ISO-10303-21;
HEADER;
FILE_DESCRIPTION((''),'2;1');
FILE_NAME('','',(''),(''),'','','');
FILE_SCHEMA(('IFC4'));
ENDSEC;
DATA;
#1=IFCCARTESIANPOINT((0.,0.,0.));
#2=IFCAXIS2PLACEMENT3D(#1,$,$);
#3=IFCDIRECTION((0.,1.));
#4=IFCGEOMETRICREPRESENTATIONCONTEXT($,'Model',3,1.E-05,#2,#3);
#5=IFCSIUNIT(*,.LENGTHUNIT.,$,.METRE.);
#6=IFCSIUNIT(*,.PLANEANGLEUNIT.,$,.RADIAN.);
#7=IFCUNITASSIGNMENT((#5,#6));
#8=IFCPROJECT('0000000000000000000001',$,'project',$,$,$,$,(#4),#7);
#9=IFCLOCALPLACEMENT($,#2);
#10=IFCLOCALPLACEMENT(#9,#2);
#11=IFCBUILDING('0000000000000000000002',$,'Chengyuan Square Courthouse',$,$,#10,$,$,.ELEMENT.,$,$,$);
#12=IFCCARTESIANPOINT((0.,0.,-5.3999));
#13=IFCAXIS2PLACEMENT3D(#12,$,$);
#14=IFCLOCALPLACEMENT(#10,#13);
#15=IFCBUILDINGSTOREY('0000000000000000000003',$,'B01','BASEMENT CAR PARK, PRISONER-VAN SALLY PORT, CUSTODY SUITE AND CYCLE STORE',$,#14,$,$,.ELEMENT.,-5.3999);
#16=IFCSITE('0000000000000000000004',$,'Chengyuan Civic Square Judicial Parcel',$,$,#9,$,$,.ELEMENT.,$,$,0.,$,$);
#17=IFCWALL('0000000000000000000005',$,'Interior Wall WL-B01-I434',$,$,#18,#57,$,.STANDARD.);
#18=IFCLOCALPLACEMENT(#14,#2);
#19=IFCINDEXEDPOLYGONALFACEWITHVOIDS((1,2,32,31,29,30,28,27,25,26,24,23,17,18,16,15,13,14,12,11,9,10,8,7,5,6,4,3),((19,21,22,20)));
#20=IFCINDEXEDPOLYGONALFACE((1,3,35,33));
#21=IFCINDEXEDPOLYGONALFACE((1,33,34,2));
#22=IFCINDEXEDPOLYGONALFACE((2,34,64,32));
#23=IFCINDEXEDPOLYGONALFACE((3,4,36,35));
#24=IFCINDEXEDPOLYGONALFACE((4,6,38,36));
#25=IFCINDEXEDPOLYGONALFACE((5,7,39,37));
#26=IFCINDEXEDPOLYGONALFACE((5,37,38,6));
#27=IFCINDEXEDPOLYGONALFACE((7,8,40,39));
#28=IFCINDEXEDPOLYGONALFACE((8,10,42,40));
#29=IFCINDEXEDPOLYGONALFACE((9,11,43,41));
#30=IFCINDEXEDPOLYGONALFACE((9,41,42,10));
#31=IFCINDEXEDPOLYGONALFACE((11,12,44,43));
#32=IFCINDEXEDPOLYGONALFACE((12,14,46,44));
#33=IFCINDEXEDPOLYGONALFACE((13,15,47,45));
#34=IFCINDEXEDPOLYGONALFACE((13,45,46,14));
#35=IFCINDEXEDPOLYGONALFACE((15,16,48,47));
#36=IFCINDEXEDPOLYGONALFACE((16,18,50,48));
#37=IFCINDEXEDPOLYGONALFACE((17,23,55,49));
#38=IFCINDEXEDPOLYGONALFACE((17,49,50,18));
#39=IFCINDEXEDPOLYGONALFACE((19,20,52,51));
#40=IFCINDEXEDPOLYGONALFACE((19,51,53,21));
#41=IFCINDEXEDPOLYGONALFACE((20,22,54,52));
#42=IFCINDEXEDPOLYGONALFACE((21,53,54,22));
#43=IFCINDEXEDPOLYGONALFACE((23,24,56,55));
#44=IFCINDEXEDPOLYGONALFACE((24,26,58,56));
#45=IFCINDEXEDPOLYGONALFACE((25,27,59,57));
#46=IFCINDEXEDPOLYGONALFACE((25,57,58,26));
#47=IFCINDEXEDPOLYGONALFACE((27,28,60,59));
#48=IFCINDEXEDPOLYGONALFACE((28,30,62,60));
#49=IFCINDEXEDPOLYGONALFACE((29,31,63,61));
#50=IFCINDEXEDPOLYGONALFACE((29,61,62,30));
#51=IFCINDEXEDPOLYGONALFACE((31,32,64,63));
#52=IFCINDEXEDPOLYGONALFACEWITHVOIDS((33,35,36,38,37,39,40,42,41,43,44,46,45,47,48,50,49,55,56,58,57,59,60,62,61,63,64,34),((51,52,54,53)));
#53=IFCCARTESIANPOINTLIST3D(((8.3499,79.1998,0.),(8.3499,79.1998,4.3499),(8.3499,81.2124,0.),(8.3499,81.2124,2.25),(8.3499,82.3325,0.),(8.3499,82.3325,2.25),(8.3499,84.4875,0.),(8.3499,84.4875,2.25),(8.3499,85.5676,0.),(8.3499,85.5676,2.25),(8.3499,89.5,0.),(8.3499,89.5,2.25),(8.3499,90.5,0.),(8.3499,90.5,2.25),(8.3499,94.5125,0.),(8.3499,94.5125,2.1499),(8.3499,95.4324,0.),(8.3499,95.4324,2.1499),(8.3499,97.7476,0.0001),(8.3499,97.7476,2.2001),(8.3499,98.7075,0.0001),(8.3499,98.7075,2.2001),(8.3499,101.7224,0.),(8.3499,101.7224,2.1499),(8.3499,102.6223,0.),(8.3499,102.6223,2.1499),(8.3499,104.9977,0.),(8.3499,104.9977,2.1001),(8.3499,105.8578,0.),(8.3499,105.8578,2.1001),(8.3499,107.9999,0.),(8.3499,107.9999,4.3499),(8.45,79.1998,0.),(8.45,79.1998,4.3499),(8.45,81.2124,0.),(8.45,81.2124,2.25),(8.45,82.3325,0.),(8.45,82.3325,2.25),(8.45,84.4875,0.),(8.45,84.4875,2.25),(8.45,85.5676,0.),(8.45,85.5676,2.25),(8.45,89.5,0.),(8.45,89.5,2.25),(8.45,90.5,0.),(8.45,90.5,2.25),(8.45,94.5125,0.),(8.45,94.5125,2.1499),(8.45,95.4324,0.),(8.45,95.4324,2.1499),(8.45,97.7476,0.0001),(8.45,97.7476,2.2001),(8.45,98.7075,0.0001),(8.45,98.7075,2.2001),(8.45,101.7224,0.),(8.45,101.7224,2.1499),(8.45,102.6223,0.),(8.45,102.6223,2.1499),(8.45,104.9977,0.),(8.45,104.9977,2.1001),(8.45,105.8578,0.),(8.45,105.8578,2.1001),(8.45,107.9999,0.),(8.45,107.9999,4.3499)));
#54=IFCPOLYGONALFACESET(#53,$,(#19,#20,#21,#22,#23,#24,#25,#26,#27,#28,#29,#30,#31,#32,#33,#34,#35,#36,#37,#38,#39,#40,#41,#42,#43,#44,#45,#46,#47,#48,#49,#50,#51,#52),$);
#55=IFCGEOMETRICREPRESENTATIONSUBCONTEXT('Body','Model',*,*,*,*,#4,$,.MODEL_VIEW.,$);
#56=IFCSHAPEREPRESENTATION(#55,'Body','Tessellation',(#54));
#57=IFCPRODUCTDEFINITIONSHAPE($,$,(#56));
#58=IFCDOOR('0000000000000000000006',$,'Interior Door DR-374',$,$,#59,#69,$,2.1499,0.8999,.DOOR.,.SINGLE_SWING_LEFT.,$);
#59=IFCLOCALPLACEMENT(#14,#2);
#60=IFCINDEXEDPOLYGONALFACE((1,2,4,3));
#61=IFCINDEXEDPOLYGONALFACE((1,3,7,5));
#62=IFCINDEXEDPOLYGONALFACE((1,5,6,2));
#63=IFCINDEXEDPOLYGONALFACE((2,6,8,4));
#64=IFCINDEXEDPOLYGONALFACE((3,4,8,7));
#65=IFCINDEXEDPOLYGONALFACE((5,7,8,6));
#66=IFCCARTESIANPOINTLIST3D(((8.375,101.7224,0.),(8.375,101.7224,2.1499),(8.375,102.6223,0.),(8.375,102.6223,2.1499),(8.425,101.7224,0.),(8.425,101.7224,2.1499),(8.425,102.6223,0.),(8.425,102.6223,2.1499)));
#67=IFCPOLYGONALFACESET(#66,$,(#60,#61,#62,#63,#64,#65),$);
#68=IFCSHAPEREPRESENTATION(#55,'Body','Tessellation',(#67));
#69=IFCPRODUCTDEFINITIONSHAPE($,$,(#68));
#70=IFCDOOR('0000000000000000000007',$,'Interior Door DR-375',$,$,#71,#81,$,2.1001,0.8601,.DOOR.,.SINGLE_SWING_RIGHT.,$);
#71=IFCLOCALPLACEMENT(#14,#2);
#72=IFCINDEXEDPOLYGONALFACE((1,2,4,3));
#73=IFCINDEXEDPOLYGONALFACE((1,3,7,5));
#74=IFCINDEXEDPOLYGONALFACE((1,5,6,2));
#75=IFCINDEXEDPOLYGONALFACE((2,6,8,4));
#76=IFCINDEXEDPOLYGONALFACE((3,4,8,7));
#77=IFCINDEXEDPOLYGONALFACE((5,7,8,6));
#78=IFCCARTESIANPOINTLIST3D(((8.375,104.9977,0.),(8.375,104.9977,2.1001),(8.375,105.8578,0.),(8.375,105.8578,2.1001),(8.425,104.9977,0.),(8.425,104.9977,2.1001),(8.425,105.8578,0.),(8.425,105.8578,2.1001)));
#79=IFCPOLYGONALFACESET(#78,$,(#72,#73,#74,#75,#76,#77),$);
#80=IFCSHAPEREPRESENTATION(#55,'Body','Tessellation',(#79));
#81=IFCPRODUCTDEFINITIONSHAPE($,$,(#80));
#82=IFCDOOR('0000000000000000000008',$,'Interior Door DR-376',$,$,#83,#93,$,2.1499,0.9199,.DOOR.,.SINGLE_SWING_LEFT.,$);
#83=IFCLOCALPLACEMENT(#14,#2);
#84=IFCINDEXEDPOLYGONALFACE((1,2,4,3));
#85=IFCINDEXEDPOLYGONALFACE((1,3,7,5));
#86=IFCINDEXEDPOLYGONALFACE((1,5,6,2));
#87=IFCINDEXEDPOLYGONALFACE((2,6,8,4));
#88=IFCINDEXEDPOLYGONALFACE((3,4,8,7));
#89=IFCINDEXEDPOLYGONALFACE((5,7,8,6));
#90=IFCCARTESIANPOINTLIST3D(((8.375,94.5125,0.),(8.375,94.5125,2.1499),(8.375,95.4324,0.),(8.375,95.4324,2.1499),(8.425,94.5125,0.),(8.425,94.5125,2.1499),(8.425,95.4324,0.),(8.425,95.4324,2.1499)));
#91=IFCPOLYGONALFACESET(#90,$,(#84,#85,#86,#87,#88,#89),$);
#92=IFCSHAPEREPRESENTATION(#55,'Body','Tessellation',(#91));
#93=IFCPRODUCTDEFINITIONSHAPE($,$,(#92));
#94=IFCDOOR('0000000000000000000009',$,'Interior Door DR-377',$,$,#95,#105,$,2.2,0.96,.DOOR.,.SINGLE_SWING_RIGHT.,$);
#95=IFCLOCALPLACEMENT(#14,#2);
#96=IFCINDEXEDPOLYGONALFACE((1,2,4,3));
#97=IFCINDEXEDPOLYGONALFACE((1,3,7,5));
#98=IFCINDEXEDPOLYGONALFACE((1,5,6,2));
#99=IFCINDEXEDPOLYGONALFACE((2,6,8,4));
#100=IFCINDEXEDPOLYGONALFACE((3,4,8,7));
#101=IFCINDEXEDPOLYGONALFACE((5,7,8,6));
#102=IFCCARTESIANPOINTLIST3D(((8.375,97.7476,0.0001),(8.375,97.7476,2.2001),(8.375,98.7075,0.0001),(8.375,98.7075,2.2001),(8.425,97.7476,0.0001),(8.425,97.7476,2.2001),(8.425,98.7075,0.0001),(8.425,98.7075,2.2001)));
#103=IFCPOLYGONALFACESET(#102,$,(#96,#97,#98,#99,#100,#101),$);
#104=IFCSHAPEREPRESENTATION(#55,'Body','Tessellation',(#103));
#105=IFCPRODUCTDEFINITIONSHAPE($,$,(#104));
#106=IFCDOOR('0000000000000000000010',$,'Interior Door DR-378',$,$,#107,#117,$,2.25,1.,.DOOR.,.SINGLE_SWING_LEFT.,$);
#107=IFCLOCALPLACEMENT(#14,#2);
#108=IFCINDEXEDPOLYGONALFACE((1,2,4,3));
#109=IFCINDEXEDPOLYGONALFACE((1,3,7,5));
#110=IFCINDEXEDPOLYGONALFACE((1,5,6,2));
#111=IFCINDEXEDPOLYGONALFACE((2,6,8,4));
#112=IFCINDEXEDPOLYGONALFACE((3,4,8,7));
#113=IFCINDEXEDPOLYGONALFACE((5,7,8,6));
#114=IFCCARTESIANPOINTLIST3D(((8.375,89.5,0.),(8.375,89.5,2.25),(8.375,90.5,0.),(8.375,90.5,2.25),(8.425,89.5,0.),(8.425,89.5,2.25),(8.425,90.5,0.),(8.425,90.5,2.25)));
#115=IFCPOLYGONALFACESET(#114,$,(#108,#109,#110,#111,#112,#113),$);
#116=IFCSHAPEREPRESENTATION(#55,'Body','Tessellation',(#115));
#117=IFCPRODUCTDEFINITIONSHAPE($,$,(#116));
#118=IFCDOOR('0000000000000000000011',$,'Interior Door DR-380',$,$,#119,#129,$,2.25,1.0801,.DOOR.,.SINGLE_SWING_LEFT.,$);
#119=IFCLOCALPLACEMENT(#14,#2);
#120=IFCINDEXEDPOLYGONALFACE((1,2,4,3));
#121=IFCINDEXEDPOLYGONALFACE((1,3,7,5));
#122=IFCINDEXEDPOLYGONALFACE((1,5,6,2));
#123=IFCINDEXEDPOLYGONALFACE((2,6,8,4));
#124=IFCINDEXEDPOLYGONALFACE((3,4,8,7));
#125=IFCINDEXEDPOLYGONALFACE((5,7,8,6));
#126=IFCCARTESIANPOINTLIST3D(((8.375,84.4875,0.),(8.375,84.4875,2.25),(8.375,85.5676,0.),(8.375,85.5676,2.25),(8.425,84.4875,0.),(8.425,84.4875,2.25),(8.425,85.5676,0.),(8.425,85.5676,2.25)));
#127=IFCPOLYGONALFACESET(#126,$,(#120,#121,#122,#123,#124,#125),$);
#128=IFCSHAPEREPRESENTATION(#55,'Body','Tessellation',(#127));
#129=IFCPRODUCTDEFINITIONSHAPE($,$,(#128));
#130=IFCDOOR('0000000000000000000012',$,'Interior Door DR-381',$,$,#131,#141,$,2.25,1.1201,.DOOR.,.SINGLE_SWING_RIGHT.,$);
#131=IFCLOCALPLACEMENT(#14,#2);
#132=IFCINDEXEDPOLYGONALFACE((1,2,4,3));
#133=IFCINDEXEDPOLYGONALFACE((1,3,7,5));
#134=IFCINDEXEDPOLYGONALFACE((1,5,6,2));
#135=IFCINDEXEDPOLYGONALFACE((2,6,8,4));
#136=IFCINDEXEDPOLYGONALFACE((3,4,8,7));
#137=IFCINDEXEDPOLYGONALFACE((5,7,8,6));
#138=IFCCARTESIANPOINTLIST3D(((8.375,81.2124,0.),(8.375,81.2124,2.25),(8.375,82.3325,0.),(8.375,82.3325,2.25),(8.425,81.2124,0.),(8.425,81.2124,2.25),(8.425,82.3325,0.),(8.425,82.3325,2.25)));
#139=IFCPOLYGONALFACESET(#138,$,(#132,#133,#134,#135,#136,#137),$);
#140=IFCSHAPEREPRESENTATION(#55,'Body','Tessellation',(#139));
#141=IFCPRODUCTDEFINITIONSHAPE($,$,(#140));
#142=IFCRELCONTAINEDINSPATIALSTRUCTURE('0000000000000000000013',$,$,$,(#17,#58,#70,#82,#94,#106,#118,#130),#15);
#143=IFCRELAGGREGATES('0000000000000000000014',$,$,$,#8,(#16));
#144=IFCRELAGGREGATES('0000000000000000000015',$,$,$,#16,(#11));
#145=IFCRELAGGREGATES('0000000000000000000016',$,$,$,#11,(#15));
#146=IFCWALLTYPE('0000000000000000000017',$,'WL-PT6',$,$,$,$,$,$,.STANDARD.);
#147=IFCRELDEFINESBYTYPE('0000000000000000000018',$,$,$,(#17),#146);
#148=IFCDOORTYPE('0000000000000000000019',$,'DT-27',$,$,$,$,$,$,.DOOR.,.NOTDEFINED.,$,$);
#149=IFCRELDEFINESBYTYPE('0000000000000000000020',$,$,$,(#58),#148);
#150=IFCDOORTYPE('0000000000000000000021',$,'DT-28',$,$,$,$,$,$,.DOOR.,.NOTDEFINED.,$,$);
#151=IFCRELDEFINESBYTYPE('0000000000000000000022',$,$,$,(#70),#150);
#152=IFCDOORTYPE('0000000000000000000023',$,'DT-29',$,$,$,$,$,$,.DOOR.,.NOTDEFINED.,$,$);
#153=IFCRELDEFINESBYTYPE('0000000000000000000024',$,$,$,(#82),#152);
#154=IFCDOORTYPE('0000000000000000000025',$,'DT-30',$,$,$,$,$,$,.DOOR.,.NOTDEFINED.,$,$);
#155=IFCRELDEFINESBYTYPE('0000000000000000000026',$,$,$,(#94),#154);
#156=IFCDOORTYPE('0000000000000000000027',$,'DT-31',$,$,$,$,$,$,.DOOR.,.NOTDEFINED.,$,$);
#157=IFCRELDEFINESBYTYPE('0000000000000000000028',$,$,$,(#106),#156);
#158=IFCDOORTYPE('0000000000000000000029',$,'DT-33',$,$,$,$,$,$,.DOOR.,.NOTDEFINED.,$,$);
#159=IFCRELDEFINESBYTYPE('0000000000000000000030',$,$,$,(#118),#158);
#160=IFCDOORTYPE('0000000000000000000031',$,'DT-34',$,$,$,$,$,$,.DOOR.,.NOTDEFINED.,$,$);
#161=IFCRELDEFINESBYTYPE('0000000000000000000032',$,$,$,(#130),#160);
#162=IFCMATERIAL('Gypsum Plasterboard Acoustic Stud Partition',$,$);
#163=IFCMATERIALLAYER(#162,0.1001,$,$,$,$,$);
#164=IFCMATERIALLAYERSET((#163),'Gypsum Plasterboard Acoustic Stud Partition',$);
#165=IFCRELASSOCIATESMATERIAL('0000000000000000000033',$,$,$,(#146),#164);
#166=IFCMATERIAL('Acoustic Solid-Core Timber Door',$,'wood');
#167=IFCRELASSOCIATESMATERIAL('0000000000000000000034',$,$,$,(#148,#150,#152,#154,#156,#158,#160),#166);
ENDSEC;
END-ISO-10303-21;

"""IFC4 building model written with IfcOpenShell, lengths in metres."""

from ifc_helpers import new_model, si_unit, direction, frame, frame_2d, origin, place, context, subcontext, project, spatial, rectangle, extrude, material, layer, layer_set, type_object, element, fill, save


model = new_model("IFC4")

# Units and contexts
model_context = context("Model", 3, precision=1e-05, world=origin(), true_north=direction((0.0, 1.0)))
body_context = subcontext(model_context, "Body", "Model", "MODEL_VIEW")
ifc_project = project(units=[si_unit("LENGTHUNIT", "METRE"), si_unit("PLANEANGLEUNIT", "RADIAN")], contexts=[model_context])

# Site, building, storey
site_placement = place(None, origin())
site = spatial("IfcSite", under=ifc_project, at=site_placement, Name="Chengyuan Civic Square Judicial Parcel", CompositionType="ELEMENT", RefElevation=0.0)
building_placement = place(site_placement, origin())
building = spatial("IfcBuilding", under=site, at=building_placement, Name="Chengyuan Square Courthouse", CompositionType="ELEMENT")
storey_placement = place(building_placement, frame((0.0, 0.0, -5.3999)))
storey = spatial("IfcBuildingStorey", under=building, at=storey_placement, Name="B01", Description="BASEMENT CAR PARK, PRISONER-VAN SALLY PORT, CUSTODY SUITE AND CYCLE STORE", CompositionType="ELEMENT", Elevation=-5.3999)

# Shared definitions
ifc_material_1 = material(Name="Gypsum Plasterboard Acoustic Stud Partition")
ifc_layer = layer(ifc_material_1, 0.1001)
ifc_layer_set = layer_set([ifc_layer], Name="Gypsum Plasterboard Acoustic Stud Partition")
wall_type = type_object("IfcWallType", Name="WL-PT6", PredefinedType="STANDARD", material=ifc_layer_set)
ifc_material_2 = material(Name="Acoustic Solid-Core Timber Door", Category="wood")

# Wall, openings, doors
wall_1_placement = place(storey_placement, frame((8.3999, 79.2, 0.0), z_axis=(0.0, 0.0, 1.0), x_axis=(0.0, 1.0, 0.0)))
wall_1 = element("IfcWall", 1, at=wall_1_placement, inside=storey, type_object=wall_type, Name="Interior Wall WL-B01-I434", PredefinedType="STANDARD", context=body_context, shape_type="SweptSolid", body=[
    extrude(rectangle(XDim=28.8, YDim=0.1001, at=frame_2d((14.3999, 0.0))), origin(), (0.0, 0.0, 1.0), 4.3499),
])
opening_1_placement = place(wall_1_placement, frame((22.5225, 0.0, 0.0)))
opening_1 = element("IfcOpeningElement", 2, at=opening_1_placement, cuts=wall_1, PredefinedType="OPENING", context=body_context, shape_type="SweptSolid", body=[
    extrude(rectangle(XDim=0.8999, YDim=2.1499, at=frame_2d((0.45, 1.075))), frame((0.0, 0.062, 0.0), z_axis=(0.0, -1.0, 0.0), x_axis=(1.0, 0.0, 0.0)), (0.0, 0.0, 1.0), 0.124),
])
opening_2_placement = place(wall_1_placement, frame((25.7976, 0.0, 0.0)))
opening_2 = element("IfcOpeningElement", 3, at=opening_2_placement, cuts=wall_1, PredefinedType="OPENING", context=body_context, shape_type="SweptSolid", body=[
    extrude(rectangle(XDim=0.8601, YDim=2.1001, at=frame_2d((0.4302, 1.05))), frame((0.0, 0.062, 0.0), z_axis=(0.0, -1.0, 0.0), x_axis=(1.0, 0.0, 0.0)), (0.0, 0.0, 1.0), 0.124),
])
opening_3_placement = place(wall_1_placement, frame((15.3125, 0.0, 0.0)))
opening_3 = element("IfcOpeningElement", 4, at=opening_3_placement, cuts=wall_1, PredefinedType="OPENING", context=body_context, shape_type="SweptSolid", body=[
    extrude(rectangle(XDim=0.9199, YDim=2.1499, at=frame_2d((0.46, 1.075))), frame((0.0, 0.062, 0.0), z_axis=(0.0, -1.0, 0.0), x_axis=(1.0, 0.0, 0.0)), (0.0, 0.0, 1.0), 0.124),
])
opening_4_placement = place(wall_1_placement, frame((18.5476, 0.0, 0.0)))
opening_4 = element("IfcOpeningElement", 5, at=opening_4_placement, cuts=wall_1, PredefinedType="OPENING", context=body_context, shape_type="SweptSolid", body=[
    extrude(rectangle(XDim=0.96, YDim=2.2, at=frame_2d((0.48, 1.1001))), frame((0.0, 0.062, 0.0), z_axis=(0.0, -1.0, 0.0), x_axis=(1.0, 0.0, 0.0)), (0.0, 0.0, 1.0), 0.124),
])
opening_5_placement = place(wall_1_placement, frame((10.3, 0.0, 0.0)))
opening_5 = element("IfcOpeningElement", 6, at=opening_5_placement, cuts=wall_1, PredefinedType="OPENING", context=body_context, shape_type="SweptSolid", body=[
    extrude(rectangle(XDim=1.0, YDim=2.25, at=frame_2d((0.5, 1.125))), frame((0.0, 0.062, 0.0), z_axis=(0.0, -1.0, 0.0), x_axis=(1.0, 0.0, 0.0)), (0.0, 0.0, 1.0), 0.124),
])
opening_6_placement = place(wall_1_placement, frame((5.2876, 0.0, 0.0)))
opening_6 = element("IfcOpeningElement", 7, at=opening_6_placement, cuts=wall_1, PredefinedType="OPENING", context=body_context, shape_type="SweptSolid", body=[
    extrude(rectangle(XDim=1.0801, YDim=2.25, at=frame_2d((0.54, 1.125))), frame((0.0, 0.062, 0.0), z_axis=(0.0, -1.0, 0.0), x_axis=(1.0, 0.0, 0.0)), (0.0, 0.0, 1.0), 0.124),
])
opening_7_placement = place(wall_1_placement, frame((2.0125, 0.0, 0.0)))
opening_7 = element("IfcOpeningElement", 8, at=opening_7_placement, cuts=wall_1, PredefinedType="OPENING", context=body_context, shape_type="SweptSolid", body=[
    extrude(rectangle(XDim=1.1201, YDim=2.25, at=frame_2d((0.5601, 1.125))), frame((0.0, 0.062, 0.0), z_axis=(0.0, -1.0, 0.0), x_axis=(1.0, 0.0, 0.0)), (0.0, 0.0, 1.0), 0.124),
])
door_type_1 = type_object("IfcDoorType", Name="DT-27", OperationType="NOTDEFINED", PredefinedType="DOOR", material=ifc_material_2)
door_1_placement = place(opening_1_placement, origin())
door_1 = element("IfcDoor", 9, at=door_1_placement, inside=storey, type_object=door_type_1, Name="Interior Door DR-374", OperationType="SINGLE_SWING_LEFT", OverallHeight=2.1499, OverallWidth=0.8999, PredefinedType="DOOR", context=body_context, shape_type="SweptSolid", body=[
    extrude(rectangle(XDim=0.8999, YDim=2.1499, at=frame_2d((0.45, 1.075))), frame((0.0, 0.0249, 0.0), z_axis=(0.0, -1.0, 0.0), x_axis=(1.0, 0.0, 0.0)), (0.0, 0.0, 1.0), 0.05),
])
fill(opening_1, door_1)
door_type_2 = type_object("IfcDoorType", Name="DT-28", OperationType="NOTDEFINED", PredefinedType="DOOR", material=ifc_material_2)
door_2_placement = place(opening_2_placement, origin())
door_2 = element("IfcDoor", 10, at=door_2_placement, inside=storey, type_object=door_type_2, Name="Interior Door DR-375", OperationType="SINGLE_SWING_RIGHT", OverallHeight=2.1001, OverallWidth=0.8601, PredefinedType="DOOR", context=body_context, shape_type="SweptSolid", body=[
    extrude(rectangle(XDim=0.8601, YDim=2.1001, at=frame_2d((0.4302, 1.05))), frame((0.0, 0.0249, 0.0), z_axis=(0.0, -1.0, 0.0), x_axis=(1.0, 0.0, 0.0)), (0.0, 0.0, 1.0), 0.05),
])
fill(opening_2, door_2)
door_type_3 = type_object("IfcDoorType", Name="DT-29", OperationType="NOTDEFINED", PredefinedType="DOOR", material=ifc_material_2)
door_3_placement = place(opening_3_placement, origin())
door_3 = element("IfcDoor", 11, at=door_3_placement, inside=storey, type_object=door_type_3, Name="Interior Door DR-376", OperationType="SINGLE_SWING_LEFT", OverallHeight=2.1499, OverallWidth=0.9199, PredefinedType="DOOR", context=body_context, shape_type="SweptSolid", body=[
    extrude(rectangle(XDim=0.9199, YDim=2.1499, at=frame_2d((0.46, 1.075))), frame((0.0, 0.0249, 0.0), z_axis=(0.0, -1.0, 0.0), x_axis=(1.0, 0.0, 0.0)), (0.0, 0.0, 1.0), 0.05),
])
fill(opening_3, door_3)
door_type_4 = type_object("IfcDoorType", Name="DT-30", OperationType="NOTDEFINED", PredefinedType="DOOR", material=ifc_material_2)
door_4_placement = place(opening_4_placement, origin())
door_4 = element("IfcDoor", 12, at=door_4_placement, inside=storey, type_object=door_type_4, Name="Interior Door DR-377", OperationType="SINGLE_SWING_RIGHT", OverallHeight=2.2, OverallWidth=0.96, PredefinedType="DOOR", context=body_context, shape_type="SweptSolid", body=[
    extrude(rectangle(XDim=0.96, YDim=2.2, at=frame_2d((0.48, 1.1001))), frame((0.0, 0.0249, 0.0), z_axis=(0.0, -1.0, 0.0), x_axis=(1.0, 0.0, 0.0)), (0.0, 0.0, 1.0), 0.05),
])
fill(opening_4, door_4)
door_type_5 = type_object("IfcDoorType", Name="DT-31", OperationType="NOTDEFINED", PredefinedType="DOOR", material=ifc_material_2)
door_5_placement = place(opening_5_placement, origin())
door_5 = element("IfcDoor", 13, at=door_5_placement, inside=storey, type_object=door_type_5, Name="Interior Door DR-378", OperationType="SINGLE_SWING_LEFT", OverallHeight=2.25, OverallWidth=1.0, PredefinedType="DOOR", context=body_context, shape_type="SweptSolid", body=[
    extrude(rectangle(XDim=1.0, YDim=2.25, at=frame_2d((0.5, 1.125))), frame((0.0, 0.0249, 0.0), z_axis=(0.0, -1.0, 0.0), x_axis=(1.0, 0.0, 0.0)), (0.0, 0.0, 1.0), 0.05),
])
fill(opening_5, door_5)
door_type_6 = type_object("IfcDoorType", Name="DT-33", OperationType="NOTDEFINED", PredefinedType="DOOR", material=ifc_material_2)
door_6_placement = place(opening_6_placement, origin())
door_6 = element("IfcDoor", 14, at=door_6_placement, inside=storey, type_object=door_type_6, Name="Interior Door DR-380", OperationType="SINGLE_SWING_LEFT", OverallHeight=2.25, OverallWidth=1.0801, PredefinedType="DOOR", context=body_context, shape_type="SweptSolid", body=[
    extrude(rectangle(XDim=1.0801, YDim=2.25, at=frame_2d((0.54, 1.125))), frame((0.0, 0.0249, 0.0), z_axis=(0.0, -1.0, 0.0), x_axis=(1.0, 0.0, 0.0)), (0.0, 0.0, 1.0), 0.05),
])
fill(opening_6, door_6)
door_type_7 = type_object("IfcDoorType", Name="DT-34", OperationType="NOTDEFINED", PredefinedType="DOOR", material=ifc_material_2)
door_7_placement = place(opening_7_placement, origin())
door_7 = element("IfcDoor", 15, at=door_7_placement, inside=storey, type_object=door_type_7, Name="Interior Door DR-381", OperationType="SINGLE_SWING_RIGHT", OverallHeight=2.25, OverallWidth=1.1201, PredefinedType="DOOR", context=body_context, shape_type="SweptSolid", body=[
    extrude(rectangle(XDim=1.1201, YDim=2.25, at=frame_2d((0.5601, 1.125))), frame((0.0, 0.0249, 0.0), z_axis=(0.0, -1.0, 0.0), x_axis=(1.0, 0.0, 0.0)), (0.0, 0.0, 1.0), 0.05),
])
fill(opening_7, door_7)

save(model, "model.ifc")
